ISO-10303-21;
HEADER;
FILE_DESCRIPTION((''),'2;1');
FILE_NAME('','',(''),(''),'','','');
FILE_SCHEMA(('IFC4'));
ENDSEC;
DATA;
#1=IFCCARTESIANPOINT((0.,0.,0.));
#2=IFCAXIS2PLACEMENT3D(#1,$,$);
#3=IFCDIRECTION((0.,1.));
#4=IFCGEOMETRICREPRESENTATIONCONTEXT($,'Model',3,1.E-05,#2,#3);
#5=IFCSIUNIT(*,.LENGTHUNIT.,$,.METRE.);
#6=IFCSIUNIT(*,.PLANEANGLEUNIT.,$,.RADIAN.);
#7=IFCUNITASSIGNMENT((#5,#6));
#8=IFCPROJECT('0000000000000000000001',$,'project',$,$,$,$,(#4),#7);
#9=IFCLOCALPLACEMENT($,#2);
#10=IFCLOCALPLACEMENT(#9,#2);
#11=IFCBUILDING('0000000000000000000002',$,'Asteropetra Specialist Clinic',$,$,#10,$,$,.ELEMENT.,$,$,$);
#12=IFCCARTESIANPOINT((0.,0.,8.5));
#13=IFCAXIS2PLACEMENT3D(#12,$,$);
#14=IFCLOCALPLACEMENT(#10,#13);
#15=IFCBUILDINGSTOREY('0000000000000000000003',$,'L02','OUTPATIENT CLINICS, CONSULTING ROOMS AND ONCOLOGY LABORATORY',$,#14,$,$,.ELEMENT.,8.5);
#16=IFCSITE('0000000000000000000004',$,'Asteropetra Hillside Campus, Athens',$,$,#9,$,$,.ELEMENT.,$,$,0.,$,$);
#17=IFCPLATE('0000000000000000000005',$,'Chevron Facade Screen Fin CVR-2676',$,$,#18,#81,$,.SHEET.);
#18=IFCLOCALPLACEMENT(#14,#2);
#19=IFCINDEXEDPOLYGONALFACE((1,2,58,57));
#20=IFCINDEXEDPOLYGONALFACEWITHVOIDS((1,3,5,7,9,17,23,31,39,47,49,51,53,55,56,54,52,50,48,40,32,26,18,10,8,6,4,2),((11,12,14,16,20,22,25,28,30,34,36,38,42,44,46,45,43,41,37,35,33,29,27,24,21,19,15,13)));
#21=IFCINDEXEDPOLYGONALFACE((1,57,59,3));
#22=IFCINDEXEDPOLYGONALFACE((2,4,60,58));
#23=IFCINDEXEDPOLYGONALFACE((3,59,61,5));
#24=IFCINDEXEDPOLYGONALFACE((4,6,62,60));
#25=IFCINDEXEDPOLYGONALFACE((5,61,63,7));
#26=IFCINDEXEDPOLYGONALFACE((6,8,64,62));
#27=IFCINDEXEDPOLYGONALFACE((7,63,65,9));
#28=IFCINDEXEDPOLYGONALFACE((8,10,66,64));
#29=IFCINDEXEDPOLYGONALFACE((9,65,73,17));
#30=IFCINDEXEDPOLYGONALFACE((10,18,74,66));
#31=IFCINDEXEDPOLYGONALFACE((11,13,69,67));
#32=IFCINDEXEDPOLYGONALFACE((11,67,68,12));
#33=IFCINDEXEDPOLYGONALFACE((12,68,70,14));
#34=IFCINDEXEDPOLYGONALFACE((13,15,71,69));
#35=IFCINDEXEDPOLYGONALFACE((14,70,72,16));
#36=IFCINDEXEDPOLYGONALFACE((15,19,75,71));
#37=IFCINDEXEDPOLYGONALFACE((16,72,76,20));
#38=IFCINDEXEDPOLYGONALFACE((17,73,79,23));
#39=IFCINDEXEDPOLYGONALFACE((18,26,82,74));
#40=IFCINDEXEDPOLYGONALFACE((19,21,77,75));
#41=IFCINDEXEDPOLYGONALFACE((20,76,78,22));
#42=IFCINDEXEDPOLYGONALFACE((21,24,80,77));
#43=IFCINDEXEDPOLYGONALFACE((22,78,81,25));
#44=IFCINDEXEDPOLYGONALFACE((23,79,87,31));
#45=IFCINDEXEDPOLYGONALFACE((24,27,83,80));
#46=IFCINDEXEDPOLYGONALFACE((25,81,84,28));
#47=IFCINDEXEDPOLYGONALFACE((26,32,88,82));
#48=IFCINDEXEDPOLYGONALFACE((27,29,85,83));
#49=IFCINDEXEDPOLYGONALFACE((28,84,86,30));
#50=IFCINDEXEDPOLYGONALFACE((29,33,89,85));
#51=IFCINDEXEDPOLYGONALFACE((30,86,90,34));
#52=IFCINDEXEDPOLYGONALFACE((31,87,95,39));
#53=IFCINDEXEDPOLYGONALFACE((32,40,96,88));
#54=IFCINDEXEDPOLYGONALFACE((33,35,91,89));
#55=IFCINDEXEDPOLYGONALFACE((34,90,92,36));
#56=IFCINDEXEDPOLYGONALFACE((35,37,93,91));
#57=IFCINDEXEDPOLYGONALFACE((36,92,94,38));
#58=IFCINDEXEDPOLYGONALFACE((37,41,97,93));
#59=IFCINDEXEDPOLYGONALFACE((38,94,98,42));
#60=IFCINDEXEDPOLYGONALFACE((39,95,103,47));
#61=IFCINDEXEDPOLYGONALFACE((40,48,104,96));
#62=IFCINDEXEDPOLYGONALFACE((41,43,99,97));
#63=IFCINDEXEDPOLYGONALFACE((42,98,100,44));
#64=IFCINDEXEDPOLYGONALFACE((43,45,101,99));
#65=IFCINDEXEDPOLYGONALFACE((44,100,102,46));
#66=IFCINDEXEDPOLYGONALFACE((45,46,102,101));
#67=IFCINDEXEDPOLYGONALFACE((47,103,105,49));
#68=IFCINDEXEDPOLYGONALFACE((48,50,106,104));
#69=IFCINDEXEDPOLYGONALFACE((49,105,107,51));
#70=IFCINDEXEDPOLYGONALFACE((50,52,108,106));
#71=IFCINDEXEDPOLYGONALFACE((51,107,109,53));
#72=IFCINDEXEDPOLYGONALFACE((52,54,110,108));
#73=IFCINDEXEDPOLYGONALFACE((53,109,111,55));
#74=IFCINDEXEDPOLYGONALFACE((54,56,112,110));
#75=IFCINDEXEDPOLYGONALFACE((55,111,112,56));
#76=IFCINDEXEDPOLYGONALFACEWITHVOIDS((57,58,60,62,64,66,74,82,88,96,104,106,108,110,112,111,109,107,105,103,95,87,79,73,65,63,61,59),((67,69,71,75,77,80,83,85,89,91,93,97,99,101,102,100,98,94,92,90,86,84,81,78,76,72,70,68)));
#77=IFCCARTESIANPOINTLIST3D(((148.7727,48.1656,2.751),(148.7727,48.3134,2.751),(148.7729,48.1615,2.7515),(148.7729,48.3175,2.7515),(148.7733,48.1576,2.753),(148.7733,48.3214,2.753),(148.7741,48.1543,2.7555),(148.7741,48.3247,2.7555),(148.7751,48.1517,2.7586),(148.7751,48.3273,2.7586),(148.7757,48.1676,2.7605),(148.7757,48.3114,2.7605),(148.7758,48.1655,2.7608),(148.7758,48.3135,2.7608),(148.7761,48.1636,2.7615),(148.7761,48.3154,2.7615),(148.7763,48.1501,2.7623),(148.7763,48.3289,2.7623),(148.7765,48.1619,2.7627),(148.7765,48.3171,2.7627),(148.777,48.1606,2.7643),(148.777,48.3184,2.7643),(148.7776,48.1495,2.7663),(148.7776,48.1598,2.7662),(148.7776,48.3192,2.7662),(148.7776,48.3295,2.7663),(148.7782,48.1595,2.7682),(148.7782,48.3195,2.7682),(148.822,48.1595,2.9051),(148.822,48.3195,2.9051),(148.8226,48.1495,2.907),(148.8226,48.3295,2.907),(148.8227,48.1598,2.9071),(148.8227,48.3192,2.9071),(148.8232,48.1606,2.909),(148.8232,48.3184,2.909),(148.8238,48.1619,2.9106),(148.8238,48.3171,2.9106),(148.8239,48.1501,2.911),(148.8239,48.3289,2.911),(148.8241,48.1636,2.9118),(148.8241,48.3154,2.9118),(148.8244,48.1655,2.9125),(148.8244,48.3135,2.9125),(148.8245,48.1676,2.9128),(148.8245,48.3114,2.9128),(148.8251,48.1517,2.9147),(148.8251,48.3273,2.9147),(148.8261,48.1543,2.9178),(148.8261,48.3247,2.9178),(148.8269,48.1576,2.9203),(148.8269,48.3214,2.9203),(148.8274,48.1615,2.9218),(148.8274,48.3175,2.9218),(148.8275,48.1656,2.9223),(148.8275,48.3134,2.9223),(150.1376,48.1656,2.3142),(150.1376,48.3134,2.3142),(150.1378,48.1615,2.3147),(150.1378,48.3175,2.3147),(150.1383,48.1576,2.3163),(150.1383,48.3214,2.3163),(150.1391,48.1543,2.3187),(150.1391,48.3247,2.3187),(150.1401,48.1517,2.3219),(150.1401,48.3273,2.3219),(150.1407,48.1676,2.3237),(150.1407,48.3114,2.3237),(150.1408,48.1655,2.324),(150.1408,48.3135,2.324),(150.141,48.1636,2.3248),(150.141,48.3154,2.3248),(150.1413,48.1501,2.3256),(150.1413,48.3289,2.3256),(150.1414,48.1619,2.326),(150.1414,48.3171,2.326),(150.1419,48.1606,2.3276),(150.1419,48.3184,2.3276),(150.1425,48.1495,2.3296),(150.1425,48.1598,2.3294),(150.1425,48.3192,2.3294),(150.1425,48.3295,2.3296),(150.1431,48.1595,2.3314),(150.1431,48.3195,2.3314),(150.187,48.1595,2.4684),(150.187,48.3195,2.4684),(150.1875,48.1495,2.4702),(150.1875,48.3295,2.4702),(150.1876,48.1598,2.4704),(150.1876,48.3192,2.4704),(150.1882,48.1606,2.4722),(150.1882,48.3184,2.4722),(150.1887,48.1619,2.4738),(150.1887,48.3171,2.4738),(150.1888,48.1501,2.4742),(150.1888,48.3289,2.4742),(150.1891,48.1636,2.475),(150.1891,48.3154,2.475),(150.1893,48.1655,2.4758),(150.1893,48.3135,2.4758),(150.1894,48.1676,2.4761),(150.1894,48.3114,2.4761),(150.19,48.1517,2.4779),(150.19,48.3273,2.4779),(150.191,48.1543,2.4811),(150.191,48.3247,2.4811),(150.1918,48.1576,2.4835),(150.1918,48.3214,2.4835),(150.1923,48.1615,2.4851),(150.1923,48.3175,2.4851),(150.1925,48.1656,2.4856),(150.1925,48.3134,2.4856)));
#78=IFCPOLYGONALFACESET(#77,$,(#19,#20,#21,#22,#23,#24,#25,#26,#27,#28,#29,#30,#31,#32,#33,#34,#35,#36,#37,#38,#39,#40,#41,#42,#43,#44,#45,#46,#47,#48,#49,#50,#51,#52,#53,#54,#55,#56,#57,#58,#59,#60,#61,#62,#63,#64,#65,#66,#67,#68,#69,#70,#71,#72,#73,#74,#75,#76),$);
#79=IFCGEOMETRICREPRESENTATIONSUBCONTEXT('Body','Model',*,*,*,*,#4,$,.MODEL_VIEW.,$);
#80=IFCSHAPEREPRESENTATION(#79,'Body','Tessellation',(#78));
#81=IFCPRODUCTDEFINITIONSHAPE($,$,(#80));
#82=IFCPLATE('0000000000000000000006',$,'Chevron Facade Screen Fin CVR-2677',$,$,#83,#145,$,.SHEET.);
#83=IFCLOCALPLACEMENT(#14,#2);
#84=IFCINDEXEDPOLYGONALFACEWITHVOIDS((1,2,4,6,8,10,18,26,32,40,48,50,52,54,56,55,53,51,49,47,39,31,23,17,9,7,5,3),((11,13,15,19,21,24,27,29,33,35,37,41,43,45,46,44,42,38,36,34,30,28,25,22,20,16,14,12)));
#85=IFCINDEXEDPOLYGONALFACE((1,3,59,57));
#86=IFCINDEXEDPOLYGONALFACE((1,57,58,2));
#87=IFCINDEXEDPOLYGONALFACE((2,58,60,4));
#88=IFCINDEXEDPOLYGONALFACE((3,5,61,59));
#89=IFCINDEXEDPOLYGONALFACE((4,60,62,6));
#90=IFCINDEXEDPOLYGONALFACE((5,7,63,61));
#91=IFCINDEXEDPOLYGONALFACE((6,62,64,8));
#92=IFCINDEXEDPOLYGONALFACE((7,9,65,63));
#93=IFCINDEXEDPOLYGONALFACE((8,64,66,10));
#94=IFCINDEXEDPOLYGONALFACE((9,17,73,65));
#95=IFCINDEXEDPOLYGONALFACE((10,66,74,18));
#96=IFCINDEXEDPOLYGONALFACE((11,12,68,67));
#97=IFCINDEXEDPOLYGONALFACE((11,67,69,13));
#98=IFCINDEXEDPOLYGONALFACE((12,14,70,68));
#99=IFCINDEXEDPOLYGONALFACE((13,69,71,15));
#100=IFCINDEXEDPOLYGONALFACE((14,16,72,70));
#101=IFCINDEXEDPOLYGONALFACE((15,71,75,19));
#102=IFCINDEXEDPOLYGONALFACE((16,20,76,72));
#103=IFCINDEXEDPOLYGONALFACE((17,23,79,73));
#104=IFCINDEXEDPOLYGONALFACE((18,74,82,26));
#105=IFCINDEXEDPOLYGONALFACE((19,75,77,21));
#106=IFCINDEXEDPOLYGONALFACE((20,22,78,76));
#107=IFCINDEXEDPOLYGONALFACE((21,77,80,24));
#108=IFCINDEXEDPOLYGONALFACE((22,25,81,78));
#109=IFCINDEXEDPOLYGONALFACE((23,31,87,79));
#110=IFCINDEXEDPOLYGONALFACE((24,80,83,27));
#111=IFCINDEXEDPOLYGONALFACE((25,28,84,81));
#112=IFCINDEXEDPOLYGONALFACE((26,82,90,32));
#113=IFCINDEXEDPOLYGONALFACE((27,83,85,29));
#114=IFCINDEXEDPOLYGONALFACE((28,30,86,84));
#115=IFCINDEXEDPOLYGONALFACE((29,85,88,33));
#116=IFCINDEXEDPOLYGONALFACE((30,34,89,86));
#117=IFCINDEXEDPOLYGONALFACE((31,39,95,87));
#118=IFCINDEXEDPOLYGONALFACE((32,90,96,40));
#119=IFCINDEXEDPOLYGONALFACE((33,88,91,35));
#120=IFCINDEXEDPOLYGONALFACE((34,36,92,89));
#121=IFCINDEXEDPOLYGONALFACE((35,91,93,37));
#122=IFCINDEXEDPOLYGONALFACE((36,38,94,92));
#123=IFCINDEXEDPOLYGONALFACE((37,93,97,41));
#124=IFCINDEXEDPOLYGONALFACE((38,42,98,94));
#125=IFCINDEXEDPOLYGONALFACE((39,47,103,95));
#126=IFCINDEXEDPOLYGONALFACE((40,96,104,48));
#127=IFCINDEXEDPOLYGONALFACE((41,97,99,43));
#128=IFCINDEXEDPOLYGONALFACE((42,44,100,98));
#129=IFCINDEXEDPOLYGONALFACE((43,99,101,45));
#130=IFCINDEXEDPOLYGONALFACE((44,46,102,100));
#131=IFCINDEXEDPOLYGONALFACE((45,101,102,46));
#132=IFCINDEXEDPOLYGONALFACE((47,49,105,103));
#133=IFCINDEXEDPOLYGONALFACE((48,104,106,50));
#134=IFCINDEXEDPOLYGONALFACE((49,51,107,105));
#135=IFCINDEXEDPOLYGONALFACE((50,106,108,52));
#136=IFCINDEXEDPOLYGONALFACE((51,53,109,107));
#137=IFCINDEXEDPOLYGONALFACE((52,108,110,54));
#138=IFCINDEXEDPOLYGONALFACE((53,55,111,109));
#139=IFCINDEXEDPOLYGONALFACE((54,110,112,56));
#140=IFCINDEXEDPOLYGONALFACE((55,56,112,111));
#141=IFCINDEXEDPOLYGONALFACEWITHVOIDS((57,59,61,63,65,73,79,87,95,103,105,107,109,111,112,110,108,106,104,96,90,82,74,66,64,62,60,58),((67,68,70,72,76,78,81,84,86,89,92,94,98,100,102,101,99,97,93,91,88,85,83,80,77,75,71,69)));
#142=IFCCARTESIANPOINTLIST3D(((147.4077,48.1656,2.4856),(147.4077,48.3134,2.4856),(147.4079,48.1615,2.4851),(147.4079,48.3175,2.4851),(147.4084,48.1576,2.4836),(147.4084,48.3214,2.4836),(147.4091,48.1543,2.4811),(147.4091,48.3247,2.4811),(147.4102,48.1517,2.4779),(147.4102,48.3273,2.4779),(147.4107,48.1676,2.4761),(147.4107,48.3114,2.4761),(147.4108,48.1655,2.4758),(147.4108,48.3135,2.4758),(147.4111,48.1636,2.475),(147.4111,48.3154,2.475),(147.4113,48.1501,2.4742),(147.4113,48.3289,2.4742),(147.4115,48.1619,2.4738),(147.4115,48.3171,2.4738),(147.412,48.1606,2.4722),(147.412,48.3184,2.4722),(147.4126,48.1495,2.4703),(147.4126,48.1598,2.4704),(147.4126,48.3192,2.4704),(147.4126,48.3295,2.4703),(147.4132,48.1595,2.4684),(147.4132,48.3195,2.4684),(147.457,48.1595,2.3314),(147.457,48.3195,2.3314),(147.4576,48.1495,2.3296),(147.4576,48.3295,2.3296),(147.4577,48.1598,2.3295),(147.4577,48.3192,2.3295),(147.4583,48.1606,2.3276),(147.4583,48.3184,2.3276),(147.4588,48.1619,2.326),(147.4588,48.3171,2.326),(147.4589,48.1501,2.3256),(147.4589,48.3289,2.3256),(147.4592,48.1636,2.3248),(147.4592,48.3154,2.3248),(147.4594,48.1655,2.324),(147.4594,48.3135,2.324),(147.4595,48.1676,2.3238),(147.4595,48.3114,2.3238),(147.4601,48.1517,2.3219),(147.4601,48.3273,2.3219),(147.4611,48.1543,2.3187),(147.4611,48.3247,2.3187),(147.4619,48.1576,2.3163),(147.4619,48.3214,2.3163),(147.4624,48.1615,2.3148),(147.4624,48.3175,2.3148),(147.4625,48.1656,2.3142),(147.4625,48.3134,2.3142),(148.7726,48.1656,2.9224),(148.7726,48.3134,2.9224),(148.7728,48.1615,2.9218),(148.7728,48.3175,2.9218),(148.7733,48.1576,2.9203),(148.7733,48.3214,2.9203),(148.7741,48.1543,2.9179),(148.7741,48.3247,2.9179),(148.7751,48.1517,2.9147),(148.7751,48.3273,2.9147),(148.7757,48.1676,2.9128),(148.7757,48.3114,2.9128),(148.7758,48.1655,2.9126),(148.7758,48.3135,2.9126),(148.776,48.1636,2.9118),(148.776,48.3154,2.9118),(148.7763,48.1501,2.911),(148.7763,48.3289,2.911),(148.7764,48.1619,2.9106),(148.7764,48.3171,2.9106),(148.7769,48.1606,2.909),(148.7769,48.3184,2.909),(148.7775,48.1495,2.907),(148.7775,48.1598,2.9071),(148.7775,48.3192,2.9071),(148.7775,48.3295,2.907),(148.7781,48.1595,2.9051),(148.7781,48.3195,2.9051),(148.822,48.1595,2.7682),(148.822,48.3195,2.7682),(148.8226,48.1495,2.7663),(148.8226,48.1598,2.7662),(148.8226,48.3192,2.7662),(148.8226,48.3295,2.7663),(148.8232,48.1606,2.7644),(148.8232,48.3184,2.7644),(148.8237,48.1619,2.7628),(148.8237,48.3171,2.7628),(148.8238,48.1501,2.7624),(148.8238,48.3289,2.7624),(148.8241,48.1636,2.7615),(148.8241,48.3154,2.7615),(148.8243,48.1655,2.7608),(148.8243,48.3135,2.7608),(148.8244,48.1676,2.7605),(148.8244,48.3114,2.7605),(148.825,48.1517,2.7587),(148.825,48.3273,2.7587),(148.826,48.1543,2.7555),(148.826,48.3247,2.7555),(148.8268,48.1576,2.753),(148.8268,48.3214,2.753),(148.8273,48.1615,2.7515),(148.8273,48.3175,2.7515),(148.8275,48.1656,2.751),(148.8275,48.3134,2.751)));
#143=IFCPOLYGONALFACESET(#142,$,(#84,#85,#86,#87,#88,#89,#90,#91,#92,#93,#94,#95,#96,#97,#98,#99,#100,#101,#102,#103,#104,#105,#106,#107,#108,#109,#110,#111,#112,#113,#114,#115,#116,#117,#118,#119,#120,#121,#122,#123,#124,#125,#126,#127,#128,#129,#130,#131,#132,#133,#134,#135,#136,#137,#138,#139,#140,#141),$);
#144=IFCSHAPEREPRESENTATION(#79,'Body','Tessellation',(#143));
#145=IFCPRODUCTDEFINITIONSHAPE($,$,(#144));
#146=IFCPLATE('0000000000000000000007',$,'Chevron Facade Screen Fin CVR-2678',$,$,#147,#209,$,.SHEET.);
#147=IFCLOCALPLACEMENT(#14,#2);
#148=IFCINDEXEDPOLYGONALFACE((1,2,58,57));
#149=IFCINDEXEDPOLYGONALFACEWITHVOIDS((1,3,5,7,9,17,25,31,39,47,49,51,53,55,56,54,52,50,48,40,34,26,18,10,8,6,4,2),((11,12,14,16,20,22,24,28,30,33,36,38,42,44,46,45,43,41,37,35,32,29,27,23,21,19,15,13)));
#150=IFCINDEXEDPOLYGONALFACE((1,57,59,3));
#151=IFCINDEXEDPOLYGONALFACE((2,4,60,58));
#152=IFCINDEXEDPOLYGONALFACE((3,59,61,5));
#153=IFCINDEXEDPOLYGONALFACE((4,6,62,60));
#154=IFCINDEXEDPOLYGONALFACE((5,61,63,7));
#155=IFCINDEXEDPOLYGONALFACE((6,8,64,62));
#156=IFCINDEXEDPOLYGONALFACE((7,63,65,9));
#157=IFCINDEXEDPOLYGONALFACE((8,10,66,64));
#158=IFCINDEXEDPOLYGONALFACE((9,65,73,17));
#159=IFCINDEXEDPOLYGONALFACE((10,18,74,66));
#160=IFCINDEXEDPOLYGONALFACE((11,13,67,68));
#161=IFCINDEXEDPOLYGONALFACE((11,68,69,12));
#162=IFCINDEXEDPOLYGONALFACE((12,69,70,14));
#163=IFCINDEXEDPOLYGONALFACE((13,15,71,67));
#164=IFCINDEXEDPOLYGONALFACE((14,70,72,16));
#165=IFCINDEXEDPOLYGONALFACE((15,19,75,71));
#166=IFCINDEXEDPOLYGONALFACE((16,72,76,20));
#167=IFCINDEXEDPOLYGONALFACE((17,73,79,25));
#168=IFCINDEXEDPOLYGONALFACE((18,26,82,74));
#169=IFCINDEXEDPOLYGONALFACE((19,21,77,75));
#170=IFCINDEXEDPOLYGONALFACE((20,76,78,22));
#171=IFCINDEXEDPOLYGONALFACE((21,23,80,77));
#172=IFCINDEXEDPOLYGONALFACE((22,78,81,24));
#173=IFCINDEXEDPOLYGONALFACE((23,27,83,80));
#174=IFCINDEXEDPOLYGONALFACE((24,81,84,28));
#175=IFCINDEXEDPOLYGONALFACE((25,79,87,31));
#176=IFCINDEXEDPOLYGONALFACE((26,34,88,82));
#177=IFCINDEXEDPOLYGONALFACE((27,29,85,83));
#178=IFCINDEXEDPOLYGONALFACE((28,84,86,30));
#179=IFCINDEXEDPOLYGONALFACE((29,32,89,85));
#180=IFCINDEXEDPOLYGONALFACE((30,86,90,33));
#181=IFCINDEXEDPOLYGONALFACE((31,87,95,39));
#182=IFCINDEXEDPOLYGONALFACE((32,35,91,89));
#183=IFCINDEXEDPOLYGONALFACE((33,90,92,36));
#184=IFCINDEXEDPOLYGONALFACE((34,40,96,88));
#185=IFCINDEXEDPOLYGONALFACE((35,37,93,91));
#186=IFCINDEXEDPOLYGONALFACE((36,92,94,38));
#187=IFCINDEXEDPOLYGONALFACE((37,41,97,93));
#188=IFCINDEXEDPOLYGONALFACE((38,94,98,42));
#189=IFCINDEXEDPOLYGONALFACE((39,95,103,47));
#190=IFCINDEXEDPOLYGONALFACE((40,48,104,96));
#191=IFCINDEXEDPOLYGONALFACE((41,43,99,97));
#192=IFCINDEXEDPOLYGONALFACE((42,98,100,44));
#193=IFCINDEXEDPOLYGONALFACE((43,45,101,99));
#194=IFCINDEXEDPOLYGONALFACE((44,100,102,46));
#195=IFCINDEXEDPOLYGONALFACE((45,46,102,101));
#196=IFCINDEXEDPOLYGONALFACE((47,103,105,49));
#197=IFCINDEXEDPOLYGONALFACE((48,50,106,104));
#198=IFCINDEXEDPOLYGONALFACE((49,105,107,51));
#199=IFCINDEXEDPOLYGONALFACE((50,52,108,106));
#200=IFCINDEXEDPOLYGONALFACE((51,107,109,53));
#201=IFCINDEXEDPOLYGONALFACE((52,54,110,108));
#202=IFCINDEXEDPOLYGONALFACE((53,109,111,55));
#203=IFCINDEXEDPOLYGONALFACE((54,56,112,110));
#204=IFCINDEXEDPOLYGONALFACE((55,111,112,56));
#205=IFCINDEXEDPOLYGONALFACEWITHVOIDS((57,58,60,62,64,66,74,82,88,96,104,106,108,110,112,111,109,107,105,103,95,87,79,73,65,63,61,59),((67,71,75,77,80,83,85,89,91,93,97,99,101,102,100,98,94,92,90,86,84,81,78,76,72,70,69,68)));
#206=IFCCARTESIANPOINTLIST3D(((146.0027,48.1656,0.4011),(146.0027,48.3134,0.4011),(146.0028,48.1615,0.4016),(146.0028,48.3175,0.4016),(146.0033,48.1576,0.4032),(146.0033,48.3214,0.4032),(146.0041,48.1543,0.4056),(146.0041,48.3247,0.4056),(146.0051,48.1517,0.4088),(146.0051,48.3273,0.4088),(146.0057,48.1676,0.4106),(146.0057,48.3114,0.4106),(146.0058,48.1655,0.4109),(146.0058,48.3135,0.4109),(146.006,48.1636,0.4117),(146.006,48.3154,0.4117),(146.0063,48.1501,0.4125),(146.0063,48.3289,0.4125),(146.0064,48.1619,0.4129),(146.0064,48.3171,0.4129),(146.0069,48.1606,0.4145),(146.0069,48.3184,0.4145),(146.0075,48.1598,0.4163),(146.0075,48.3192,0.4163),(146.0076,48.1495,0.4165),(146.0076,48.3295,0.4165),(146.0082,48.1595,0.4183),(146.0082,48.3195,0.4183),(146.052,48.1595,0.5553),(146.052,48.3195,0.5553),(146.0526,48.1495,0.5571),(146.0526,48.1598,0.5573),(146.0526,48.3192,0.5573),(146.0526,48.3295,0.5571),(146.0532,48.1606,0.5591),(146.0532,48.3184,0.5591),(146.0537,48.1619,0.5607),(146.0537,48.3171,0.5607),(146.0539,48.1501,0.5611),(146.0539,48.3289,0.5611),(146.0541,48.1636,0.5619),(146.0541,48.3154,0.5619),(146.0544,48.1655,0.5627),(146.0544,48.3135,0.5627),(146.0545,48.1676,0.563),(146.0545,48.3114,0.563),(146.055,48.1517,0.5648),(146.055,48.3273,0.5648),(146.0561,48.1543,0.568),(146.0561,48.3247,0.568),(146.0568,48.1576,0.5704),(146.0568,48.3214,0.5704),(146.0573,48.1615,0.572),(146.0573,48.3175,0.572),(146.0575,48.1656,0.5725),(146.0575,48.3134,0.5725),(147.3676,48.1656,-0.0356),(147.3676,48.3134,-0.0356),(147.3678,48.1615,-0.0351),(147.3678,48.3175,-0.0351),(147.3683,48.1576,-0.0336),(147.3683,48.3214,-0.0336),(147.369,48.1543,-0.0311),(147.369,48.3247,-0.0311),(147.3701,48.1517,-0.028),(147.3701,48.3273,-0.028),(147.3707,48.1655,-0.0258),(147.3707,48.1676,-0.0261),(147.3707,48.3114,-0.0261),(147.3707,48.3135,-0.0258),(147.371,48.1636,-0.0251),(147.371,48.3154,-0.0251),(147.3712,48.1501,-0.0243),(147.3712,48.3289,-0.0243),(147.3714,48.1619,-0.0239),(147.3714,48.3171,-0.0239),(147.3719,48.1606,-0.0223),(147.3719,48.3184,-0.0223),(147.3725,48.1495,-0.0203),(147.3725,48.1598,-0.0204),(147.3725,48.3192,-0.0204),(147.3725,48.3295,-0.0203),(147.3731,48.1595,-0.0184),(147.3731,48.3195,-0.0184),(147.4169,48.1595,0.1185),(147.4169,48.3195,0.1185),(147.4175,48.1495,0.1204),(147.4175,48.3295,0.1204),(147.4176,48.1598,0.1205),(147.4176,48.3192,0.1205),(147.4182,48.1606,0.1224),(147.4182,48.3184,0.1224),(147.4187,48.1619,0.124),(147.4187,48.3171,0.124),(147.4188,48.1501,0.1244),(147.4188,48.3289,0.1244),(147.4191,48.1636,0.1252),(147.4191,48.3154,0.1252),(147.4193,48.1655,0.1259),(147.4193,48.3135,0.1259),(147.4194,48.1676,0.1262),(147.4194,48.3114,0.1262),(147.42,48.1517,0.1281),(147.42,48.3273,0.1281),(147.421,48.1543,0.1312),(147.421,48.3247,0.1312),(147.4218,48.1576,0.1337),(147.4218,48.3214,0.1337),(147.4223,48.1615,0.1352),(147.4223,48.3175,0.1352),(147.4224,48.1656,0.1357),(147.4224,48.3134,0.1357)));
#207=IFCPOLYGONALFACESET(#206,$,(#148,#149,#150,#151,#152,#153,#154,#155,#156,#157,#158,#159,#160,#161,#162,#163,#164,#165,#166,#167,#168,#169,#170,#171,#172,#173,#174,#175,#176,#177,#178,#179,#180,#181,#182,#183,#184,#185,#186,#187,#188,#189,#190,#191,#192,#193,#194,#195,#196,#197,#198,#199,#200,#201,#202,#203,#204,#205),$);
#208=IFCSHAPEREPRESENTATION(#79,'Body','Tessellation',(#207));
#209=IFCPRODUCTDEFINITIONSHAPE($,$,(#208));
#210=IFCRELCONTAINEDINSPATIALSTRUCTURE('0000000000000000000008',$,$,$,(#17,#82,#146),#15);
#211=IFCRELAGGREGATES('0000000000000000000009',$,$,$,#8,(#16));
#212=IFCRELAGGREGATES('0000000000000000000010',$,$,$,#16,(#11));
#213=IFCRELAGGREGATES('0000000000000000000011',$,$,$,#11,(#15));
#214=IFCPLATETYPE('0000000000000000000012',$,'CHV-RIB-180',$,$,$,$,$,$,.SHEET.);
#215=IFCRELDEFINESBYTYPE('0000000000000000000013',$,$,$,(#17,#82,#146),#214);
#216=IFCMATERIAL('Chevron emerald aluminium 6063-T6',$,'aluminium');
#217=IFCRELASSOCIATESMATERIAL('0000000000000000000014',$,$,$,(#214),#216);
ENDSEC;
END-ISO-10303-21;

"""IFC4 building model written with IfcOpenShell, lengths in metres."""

from ifc_helpers import new_model, si_unit, direction, frame, origin, origin_2d, place, context, subcontext, project, spatial, hollow_rectangle, extrude, material, material_profile, profile_set, type_object, element, save


model = new_model("IFC4")

# Units and contexts
model_context = context("Model", 3, precision=1e-05, world=origin(), true_north=direction((0.0, 1.0)))
body_context = subcontext(model_context, "Body", "Model", "MODEL_VIEW")
ifc_project = project(units=[si_unit("LENGTHUNIT", "METRE"), si_unit("PLANEANGLEUNIT", "RADIAN")], contexts=[model_context])

# Site, building, storey
site_placement = place(None, origin())
site = spatial("IfcSite", under=ifc_project, at=site_placement, Name="Asteropetra Hillside Campus, Athens", CompositionType="ELEMENT", RefElevation=0.0)
building_placement = place(site_placement, origin())
building = spatial("IfcBuilding", under=site, at=building_placement, Name="Asteropetra Specialist Clinic", CompositionType="ELEMENT")
storey_placement = place(building_placement, frame((0.0, 0.0, 8.5)))
storey = spatial("IfcBuildingStorey", under=building, at=storey_placement, Name="L02", Description="OUTPATIENT CLINICS, CONSULTING ROOMS AND ONCOLOGY LABORATORY", CompositionType="ELEMENT", Elevation=8.5)

# Plates
ifc_material_1 = material(Name="Chevron emerald aluminium 6063-T6", Category="aluminium")
ifc_material_profile_1 = material_profile(ifc_material_1, hollow_rectangle(XDim=0.1799, YDim=0.1799, WallThickness=0.01, InnerFilletRadius=0.0081, OuterFilletRadius=0.0161, at=origin_2d()), Name="SHS 180x180x10.0")
ifc_profile_set_1 = profile_set([ifc_material_profile_1], Name="Chevron emerald aluminium 6063-T6")
plate_type = type_object("IfcPlateType", Name="CHV-RIB-180", PredefinedType="SHEET", material=ifc_profile_set_1)
for number, where, z_axis, x_axis, name in (
    (1, (150.165, 48.2395, 2.3999), (-0.95243, 0.0, 0.304757), (0.0, -1.0, 0.0), "Chevron Facade Screen Fin CVR-2676"),
    (2, (148.8, 48.2395, 2.8367), (-0.95243, 0.0, -0.304757), (0.0, -1.0, 0.0), "Chevron Facade Screen Fin CVR-2677"),
    (3, (147.395, 48.2395, 0.05), (-0.95243, 0.0, 0.304757), (0.0, -1.0, 0.0), "Chevron Facade Screen Fin CVR-2678"),
):
    element("IfcPlate", number, at=place(storey_placement, frame(where, z_axis=z_axis, x_axis=x_axis)), inside=storey, type_object=plate_type, Name=name, PredefinedType="SHEET", context=body_context, shape_type="SweptSolid", body=[
        extrude(hollow_rectangle(XDim=0.1799, YDim=0.1799, WallThickness=0.01, InnerFilletRadius=0.0081, OuterFilletRadius=0.0161, at=origin_2d()), origin(), (0.0, 0.0, 1.0), 1.4331),
    ])

save(model, "model.ifc")
